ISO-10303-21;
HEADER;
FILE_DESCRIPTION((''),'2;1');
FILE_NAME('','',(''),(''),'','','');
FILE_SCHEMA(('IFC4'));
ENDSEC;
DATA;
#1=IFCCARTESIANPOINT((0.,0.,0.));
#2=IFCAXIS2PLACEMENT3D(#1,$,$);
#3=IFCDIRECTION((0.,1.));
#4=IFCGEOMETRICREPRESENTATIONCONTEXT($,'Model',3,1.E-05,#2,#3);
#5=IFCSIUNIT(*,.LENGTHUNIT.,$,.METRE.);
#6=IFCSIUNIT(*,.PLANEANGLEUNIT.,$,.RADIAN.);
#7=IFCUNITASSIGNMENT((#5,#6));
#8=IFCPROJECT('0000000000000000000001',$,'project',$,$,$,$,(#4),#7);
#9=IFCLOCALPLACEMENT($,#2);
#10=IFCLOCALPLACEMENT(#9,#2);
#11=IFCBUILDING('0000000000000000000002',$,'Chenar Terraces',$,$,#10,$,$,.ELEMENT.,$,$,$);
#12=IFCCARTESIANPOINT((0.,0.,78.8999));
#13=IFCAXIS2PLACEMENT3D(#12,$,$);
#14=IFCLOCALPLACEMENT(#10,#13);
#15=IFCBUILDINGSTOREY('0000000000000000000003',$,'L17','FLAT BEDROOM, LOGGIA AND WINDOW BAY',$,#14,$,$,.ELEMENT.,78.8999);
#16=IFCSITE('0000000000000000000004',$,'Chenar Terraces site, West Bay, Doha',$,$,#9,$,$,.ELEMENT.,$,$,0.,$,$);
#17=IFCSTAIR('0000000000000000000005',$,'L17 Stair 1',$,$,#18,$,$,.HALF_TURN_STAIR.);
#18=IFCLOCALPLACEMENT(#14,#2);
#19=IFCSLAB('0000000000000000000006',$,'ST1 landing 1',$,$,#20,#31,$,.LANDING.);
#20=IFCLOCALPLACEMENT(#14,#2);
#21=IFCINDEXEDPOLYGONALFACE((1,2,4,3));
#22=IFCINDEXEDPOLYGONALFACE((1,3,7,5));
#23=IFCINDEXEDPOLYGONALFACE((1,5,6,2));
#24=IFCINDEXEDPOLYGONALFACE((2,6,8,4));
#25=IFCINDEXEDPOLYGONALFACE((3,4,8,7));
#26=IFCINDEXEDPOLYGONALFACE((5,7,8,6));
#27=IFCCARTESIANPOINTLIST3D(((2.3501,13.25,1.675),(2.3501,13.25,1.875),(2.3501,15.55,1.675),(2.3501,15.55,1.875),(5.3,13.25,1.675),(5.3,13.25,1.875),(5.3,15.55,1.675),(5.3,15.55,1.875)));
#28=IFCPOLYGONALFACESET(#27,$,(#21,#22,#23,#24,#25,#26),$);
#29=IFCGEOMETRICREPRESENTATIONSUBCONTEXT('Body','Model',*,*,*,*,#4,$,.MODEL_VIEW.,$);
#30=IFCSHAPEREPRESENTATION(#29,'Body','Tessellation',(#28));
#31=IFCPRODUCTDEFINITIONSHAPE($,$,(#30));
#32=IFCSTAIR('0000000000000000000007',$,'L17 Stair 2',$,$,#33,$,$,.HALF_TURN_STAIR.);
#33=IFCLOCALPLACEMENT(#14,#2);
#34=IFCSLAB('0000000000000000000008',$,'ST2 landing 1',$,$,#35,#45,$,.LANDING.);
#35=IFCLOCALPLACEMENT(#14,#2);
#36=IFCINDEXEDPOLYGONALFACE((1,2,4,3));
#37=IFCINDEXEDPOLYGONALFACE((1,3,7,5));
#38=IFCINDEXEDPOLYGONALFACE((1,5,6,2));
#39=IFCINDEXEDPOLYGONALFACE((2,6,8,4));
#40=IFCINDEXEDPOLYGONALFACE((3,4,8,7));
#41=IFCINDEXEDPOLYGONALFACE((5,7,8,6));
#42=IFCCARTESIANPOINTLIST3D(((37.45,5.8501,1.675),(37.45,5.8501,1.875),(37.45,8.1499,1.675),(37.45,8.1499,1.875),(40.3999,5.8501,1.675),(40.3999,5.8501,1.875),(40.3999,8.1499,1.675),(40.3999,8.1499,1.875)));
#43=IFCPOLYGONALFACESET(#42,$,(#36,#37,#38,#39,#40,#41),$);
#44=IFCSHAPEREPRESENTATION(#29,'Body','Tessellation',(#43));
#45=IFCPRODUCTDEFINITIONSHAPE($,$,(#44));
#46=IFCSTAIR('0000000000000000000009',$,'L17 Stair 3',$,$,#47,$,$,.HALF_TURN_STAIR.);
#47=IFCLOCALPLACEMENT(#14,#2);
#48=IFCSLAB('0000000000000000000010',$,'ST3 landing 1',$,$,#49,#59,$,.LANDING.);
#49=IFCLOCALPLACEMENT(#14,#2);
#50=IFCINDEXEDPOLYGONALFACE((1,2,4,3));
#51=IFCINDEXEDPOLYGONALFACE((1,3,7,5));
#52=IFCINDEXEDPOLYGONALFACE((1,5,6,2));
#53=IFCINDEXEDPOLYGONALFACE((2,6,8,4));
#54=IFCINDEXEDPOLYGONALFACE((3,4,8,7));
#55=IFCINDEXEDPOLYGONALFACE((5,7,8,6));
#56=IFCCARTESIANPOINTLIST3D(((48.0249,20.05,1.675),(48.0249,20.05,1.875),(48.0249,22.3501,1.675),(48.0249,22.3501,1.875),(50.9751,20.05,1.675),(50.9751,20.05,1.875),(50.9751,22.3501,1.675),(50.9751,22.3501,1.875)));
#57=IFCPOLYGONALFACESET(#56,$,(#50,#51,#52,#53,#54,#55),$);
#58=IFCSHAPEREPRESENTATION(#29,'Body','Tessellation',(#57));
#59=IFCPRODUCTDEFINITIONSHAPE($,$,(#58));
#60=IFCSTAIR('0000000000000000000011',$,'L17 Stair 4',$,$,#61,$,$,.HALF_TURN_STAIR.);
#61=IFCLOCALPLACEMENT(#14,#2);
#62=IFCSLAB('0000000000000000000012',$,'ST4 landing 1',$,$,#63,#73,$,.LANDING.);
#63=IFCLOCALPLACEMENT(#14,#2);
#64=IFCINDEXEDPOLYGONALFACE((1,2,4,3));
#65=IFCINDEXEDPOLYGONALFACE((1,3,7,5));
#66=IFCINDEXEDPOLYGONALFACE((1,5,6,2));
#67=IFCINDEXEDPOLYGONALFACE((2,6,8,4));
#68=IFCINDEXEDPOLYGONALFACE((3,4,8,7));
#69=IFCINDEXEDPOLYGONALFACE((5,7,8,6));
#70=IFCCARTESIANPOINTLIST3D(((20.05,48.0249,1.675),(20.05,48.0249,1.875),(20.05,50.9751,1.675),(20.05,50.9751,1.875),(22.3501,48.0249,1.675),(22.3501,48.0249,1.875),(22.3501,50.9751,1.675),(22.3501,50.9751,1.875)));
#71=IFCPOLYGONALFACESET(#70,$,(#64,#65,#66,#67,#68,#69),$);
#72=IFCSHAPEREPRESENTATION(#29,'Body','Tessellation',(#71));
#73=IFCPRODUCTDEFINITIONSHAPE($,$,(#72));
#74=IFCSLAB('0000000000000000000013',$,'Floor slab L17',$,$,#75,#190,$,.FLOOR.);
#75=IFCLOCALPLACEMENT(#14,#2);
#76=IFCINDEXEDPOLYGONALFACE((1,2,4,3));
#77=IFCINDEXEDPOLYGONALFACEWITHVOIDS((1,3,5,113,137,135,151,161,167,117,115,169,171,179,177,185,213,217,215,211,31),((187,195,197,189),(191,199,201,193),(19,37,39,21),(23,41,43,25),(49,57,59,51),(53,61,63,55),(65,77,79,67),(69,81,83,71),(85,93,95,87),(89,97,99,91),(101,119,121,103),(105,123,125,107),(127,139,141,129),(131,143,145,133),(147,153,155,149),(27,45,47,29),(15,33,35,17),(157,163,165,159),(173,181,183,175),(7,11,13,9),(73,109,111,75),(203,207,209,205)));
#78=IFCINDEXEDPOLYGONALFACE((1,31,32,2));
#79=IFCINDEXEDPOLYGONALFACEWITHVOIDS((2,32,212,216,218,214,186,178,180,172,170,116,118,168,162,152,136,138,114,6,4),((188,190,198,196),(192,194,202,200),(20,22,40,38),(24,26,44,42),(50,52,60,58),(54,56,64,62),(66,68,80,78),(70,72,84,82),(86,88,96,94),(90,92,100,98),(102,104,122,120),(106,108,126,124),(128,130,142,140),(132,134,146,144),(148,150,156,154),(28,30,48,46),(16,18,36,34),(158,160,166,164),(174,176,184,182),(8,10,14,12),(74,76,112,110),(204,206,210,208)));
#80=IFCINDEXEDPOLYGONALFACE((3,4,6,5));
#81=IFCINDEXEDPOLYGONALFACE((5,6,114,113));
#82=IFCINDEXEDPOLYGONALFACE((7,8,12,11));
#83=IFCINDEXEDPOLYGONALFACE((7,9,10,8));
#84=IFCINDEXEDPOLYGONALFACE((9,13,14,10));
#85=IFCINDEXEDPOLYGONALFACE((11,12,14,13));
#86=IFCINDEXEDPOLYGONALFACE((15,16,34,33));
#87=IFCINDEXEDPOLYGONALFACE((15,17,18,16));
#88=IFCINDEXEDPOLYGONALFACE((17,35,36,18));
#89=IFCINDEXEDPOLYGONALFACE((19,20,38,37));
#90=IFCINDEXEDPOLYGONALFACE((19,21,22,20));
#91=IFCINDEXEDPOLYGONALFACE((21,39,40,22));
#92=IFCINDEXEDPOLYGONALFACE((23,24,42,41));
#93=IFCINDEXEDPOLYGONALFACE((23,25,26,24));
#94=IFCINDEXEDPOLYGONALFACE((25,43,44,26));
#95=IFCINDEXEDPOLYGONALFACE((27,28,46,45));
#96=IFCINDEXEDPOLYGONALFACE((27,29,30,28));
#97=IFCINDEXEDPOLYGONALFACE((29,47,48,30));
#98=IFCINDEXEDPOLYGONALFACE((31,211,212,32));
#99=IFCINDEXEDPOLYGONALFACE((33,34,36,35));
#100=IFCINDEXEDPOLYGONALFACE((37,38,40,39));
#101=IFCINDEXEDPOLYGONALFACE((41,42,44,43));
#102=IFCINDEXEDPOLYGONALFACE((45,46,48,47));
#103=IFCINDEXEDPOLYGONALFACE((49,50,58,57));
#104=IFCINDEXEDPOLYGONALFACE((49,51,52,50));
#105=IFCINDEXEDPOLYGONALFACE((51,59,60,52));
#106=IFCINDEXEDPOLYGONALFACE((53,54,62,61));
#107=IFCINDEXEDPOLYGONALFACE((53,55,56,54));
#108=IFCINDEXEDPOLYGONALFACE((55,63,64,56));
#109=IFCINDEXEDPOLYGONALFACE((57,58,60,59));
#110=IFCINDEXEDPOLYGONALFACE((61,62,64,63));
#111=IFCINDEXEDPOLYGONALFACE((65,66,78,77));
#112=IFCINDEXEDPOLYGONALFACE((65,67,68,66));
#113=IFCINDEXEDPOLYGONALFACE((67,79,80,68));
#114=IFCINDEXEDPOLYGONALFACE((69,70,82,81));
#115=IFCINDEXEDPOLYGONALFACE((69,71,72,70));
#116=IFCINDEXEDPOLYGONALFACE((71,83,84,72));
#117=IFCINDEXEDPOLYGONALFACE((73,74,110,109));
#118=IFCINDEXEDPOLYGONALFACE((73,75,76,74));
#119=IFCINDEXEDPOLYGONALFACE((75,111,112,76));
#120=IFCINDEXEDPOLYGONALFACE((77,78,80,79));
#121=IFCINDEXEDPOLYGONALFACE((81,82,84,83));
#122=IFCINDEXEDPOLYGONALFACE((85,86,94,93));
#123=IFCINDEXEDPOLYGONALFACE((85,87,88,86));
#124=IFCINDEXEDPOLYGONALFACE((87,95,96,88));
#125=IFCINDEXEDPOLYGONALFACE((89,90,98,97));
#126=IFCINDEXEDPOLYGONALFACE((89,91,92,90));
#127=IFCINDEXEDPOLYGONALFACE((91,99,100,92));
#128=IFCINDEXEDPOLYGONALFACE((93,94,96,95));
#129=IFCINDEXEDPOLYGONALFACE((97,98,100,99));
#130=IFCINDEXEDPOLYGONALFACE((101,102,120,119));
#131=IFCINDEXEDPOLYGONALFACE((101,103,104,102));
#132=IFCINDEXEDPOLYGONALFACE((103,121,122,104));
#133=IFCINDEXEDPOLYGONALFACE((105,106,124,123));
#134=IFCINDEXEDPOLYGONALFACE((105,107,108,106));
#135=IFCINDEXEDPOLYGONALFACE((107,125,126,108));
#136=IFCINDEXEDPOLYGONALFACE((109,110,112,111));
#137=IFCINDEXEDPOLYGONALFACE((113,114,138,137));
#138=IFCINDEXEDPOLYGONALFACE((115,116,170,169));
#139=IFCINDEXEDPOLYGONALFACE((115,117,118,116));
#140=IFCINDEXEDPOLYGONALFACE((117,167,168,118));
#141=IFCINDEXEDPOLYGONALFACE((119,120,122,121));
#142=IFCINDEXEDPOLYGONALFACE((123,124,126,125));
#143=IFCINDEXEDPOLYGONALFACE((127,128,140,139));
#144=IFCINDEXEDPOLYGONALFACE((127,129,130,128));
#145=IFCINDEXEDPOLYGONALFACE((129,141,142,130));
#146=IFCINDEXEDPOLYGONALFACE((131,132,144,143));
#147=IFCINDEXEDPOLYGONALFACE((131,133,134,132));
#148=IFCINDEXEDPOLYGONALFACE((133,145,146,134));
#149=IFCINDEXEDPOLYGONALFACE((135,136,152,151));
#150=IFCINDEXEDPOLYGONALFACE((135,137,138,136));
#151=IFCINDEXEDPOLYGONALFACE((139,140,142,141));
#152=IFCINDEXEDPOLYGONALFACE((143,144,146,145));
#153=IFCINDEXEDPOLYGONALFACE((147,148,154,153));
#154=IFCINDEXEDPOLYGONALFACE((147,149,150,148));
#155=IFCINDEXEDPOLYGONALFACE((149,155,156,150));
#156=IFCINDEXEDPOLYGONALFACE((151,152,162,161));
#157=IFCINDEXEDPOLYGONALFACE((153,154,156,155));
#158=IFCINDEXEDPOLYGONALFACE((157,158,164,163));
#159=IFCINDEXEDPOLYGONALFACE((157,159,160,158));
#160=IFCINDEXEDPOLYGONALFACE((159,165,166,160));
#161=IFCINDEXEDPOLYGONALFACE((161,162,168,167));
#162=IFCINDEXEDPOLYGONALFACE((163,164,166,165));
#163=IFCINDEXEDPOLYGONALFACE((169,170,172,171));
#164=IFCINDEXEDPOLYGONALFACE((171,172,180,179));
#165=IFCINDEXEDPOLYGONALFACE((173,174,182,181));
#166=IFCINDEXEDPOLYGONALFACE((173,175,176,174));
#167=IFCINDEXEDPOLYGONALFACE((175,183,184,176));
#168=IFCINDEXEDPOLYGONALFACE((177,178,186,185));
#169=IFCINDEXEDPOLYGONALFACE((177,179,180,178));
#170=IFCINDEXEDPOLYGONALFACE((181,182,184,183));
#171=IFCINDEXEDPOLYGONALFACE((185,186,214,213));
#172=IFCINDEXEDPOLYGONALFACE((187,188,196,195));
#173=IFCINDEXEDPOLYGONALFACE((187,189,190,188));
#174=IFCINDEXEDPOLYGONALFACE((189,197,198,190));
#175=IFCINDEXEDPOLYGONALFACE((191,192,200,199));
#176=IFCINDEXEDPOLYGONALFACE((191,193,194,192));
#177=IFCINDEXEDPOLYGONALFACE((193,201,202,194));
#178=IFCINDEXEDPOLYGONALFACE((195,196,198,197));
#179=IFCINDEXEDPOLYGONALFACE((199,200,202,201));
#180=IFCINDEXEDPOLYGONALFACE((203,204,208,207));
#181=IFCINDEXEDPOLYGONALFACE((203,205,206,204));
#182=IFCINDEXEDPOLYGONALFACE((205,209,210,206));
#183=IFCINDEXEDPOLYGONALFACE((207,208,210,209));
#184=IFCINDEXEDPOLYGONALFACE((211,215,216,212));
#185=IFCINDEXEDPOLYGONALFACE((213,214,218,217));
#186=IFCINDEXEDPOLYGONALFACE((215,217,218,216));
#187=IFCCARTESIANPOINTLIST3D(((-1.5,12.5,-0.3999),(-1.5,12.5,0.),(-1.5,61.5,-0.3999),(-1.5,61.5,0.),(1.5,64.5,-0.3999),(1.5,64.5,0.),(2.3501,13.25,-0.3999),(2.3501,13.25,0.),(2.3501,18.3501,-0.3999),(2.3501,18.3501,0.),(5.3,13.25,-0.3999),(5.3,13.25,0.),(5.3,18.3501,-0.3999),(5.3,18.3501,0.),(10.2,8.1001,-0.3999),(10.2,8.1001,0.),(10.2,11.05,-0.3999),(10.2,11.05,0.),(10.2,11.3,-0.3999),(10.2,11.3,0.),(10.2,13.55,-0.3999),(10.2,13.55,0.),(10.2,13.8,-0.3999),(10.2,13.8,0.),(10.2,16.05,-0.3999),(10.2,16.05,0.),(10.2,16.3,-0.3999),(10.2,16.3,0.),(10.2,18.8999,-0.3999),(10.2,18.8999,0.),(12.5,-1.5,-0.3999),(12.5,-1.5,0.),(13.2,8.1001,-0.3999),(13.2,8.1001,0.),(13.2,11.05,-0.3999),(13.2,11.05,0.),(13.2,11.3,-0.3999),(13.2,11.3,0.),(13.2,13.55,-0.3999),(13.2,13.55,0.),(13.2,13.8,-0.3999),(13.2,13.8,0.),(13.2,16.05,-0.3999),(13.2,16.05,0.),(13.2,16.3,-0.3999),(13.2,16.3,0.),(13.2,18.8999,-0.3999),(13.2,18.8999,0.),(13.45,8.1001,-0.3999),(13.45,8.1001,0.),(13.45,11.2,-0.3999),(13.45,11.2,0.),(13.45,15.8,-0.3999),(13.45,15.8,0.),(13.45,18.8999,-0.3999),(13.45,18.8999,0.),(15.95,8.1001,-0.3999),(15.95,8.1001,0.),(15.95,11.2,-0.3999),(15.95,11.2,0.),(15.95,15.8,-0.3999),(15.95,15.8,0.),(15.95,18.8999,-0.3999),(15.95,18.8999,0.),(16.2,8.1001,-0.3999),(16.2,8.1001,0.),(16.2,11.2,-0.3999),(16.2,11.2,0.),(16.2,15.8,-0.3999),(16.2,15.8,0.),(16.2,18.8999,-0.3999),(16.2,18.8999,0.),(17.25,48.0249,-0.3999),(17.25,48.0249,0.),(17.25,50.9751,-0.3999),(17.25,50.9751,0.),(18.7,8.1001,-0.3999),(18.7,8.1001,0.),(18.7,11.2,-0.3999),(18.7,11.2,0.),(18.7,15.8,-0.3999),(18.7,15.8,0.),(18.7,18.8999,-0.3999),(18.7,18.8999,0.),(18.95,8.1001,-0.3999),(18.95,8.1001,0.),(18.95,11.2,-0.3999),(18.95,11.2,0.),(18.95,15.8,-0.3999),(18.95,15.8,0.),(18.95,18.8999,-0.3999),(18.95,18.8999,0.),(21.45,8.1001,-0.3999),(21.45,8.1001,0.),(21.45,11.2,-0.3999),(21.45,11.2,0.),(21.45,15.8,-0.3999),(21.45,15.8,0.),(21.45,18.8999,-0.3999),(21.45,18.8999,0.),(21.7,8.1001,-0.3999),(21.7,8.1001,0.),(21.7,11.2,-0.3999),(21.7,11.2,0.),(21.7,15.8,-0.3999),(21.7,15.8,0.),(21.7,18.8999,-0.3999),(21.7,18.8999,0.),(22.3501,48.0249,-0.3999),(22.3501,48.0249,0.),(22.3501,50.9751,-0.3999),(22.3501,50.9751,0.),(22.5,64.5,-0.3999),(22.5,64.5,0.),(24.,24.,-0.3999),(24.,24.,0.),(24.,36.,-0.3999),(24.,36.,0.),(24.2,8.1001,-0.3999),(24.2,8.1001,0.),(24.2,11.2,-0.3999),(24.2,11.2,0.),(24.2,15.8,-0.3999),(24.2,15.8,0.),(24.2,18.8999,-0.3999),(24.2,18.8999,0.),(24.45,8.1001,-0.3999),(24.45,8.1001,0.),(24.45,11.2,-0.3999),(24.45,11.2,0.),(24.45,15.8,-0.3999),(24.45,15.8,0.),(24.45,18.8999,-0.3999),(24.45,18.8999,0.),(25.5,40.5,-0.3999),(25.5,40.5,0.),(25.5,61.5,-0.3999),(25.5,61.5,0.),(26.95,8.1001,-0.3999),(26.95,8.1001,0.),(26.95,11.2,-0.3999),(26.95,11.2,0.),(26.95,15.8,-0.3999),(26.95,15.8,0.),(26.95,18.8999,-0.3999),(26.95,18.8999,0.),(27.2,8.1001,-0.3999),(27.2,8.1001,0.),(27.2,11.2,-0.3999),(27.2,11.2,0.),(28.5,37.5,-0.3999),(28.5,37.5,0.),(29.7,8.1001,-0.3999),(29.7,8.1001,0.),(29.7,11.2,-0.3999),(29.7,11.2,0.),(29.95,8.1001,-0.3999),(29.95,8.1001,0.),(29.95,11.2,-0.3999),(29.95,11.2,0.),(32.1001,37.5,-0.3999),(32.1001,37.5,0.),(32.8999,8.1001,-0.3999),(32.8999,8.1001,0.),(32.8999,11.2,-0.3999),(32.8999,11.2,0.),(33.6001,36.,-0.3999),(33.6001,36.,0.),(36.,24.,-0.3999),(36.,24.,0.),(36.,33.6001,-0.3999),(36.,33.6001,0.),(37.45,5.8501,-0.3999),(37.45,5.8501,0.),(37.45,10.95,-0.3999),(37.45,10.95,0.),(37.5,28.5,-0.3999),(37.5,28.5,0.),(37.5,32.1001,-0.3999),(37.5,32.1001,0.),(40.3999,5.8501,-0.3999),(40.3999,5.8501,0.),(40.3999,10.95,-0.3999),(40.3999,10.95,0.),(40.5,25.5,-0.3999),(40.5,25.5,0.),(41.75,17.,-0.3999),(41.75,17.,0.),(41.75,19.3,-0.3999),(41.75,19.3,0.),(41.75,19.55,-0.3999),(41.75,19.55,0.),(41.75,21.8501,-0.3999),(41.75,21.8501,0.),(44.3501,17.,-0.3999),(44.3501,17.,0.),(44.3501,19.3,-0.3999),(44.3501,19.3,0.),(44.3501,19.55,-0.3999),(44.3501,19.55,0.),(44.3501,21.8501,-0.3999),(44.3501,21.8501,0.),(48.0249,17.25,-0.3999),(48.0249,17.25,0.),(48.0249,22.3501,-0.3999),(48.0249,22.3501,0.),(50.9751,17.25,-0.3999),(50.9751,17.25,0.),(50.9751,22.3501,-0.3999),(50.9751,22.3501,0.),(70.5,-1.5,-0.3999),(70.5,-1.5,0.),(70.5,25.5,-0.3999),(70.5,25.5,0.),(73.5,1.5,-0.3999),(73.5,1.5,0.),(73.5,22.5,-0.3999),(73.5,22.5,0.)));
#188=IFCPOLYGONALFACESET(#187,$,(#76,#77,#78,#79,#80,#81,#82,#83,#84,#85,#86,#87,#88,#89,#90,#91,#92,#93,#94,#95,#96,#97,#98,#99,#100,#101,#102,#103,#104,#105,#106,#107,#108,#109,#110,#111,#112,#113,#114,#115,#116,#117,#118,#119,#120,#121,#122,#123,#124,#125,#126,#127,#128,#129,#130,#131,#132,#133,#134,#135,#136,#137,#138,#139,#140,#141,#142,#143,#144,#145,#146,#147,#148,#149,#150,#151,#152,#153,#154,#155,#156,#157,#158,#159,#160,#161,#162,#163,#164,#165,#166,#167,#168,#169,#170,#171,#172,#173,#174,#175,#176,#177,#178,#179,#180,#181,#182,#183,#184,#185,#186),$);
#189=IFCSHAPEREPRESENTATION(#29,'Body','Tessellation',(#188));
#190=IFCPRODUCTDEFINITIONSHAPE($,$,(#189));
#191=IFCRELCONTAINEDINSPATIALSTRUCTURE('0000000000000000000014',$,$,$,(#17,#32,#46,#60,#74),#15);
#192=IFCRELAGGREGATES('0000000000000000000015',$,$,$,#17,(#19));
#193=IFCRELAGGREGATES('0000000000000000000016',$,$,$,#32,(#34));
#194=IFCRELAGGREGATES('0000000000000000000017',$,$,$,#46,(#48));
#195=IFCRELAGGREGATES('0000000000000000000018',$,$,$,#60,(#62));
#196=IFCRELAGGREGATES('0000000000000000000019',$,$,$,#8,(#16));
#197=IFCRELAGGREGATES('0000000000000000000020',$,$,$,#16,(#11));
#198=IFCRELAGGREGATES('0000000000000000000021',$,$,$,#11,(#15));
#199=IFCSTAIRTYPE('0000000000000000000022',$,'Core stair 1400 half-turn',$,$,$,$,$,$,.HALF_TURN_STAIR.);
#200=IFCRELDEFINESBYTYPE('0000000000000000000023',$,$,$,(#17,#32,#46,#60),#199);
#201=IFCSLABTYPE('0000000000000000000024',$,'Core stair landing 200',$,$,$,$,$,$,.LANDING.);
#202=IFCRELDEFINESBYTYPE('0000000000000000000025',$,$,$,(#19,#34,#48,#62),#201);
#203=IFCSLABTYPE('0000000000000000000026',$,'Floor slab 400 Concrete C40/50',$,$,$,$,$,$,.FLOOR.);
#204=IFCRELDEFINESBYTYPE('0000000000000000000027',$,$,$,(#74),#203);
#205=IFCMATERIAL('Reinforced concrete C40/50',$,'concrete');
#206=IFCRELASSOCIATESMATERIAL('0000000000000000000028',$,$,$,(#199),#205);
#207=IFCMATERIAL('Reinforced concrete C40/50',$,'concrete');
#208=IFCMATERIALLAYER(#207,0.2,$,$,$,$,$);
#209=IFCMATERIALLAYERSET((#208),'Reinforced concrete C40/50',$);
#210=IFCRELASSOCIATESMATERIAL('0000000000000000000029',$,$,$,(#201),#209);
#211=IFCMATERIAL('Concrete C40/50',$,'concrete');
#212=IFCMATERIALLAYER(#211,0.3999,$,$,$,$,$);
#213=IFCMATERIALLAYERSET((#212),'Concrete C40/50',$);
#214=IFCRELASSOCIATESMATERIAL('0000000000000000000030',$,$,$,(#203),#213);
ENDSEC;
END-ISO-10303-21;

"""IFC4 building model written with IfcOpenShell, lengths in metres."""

from ifc_helpers import new_model, si_unit, direction, frame, origin, place, context, subcontext, project, spatial, polyline, outline, extrude, material, layer, layer_set, type_object, element, aggregate, save


model = new_model("IFC4")

# Units and contexts
model_context = context("Model", 3, precision=1e-05, world=origin(), true_north=direction((0.0, 1.0)))
body_context = subcontext(model_context, "Body", "Model", "MODEL_VIEW")
ifc_project = project(units=[si_unit("LENGTHUNIT", "METRE"), si_unit("PLANEANGLEUNIT", "RADIAN")], contexts=[model_context])

# Site, building, storey
site_placement = place(None, origin())
site = spatial("IfcSite", under=ifc_project, at=site_placement, Name="Chenar Terraces site, West Bay, Doha", CompositionType="ELEMENT", RefElevation=0.0)
building_placement = place(site_placement, origin())
building = spatial("IfcBuilding", under=site, at=building_placement, Name="Chenar Terraces", CompositionType="ELEMENT")
storey_placement = place(building_placement, frame((0.0, 0.0, 78.8999)))
storey = spatial("IfcBuildingStorey", under=building, at=storey_placement, Name="L17", Description="FLAT BEDROOM, LOGGIA AND WINDOW BAY", CompositionType="ELEMENT", Elevation=78.8999)

# Stairs, slabs
ifc_material_1 = material(Name="Reinforced concrete C40/50", Category="concrete")
stair_type = type_object("IfcStairType", Name="Core stair 1400 half-turn", PredefinedType="HALF_TURN_STAIR", material=ifc_material_1)
placement_1 = place(storey_placement, origin())
stair_1 = element("IfcStair", 1, at=placement_1, inside=storey, type_object=stair_type, Name="L17 Stair 1", PredefinedType="HALF_TURN_STAIR")
ifc_material_2 = material(Name="Reinforced concrete C40/50", Category="concrete")
ifc_layer_1 = layer(ifc_material_2, 0.2)
ifc_layer_set_1 = layer_set([ifc_layer_1], Name="Reinforced concrete C40/50")
slab_type_1 = type_object("IfcSlabType", Name="Core stair landing 200", PredefinedType="LANDING", material=ifc_layer_set_1)
placement_2 = place(storey_placement, frame((0.0, 0.0, 1.675)))
slab_1 = element("IfcSlab", 2, at=placement_2, type_object=slab_type_1, Name="ST1 landing 1", PredefinedType="LANDING", context=body_context, shape_type="SweptSolid", body=[
    extrude(outline(polyline([(2.3501, 15.55), (2.3501, 13.25), (5.3, 13.25), (5.3, 15.55), (2.3501, 15.55)])), origin(), (0.0, 0.0, 1.0), 0.2),
])
aggregate(stair_1, [slab_1])
stair_2 = element("IfcStair", 3, at=placement_1, inside=storey, type_object=stair_type, Name="L17 Stair 2", PredefinedType="HALF_TURN_STAIR")
slab_2 = element("IfcSlab", 4, at=placement_2, type_object=slab_type_1, Name="ST2 landing 1", PredefinedType="LANDING", context=body_context, shape_type="SweptSolid", body=[
    extrude(outline(polyline([(37.45, 8.1499), (37.45, 5.8501), (40.3999, 5.8501), (40.3999, 8.1499), (37.45, 8.1499)])), origin(), (0.0, 0.0, 1.0), 0.2),
])
aggregate(stair_2, [slab_2])
stair_3 = element("IfcStair", 5, at=placement_1, inside=storey, type_object=stair_type, Name="L17 Stair 3", PredefinedType="HALF_TURN_STAIR")
slab_3 = element("IfcSlab", 6, at=placement_2, type_object=slab_type_1, Name="ST3 landing 1", PredefinedType="LANDING", context=body_context, shape_type="SweptSolid", body=[
    extrude(outline(polyline([(50.9751, 20.05), (50.9751, 22.3501), (48.0249, 22.3501), (48.0249, 20.05), (50.9751, 20.05)])), origin(), (0.0, 0.0, 1.0), 0.2),
])
aggregate(stair_3, [slab_3])
stair_4 = element("IfcStair", 7, at=placement_1, inside=storey, type_object=stair_type, Name="L17 Stair 4", PredefinedType="HALF_TURN_STAIR")
slab_4 = element("IfcSlab", 8, at=placement_2, type_object=slab_type_1, Name="ST4 landing 1", PredefinedType="LANDING", context=body_context, shape_type="SweptSolid", body=[
    extrude(outline(polyline([(20.05, 48.0249), (22.3501, 48.0249), (22.3501, 50.9751), (20.05, 50.9751), (20.05, 48.0249)])), origin(), (0.0, 0.0, 1.0), 0.2),
])
aggregate(stair_4, [slab_4])

# Slab
ifc_material_3 = material(Name="Concrete C40/50", Category="concrete")
ifc_layer_2 = layer(ifc_material_3, 0.3999)
ifc_layer_set_2 = layer_set([ifc_layer_2], Name="Concrete C40/50")
slab_type_2 = type_object("IfcSlabType", Name="Floor slab 400 Concrete C40/50", PredefinedType="FLOOR", material=ifc_layer_set_2)
slab_5_placement = place(storey_placement, frame((0.0, 0.0, -0.3999)))
element("IfcSlab", 9, at=slab_5_placement, inside=storey, type_object=slab_type_2, Name="Floor slab L17", PredefinedType="FLOOR", context=body_context, shape_type="SweptSolid", body=[
    extrude(outline(polyline([(73.5, 22.5), (73.5, 1.5), (70.5, -1.5), (12.5, -1.5), (-1.5, 12.5), (-1.5, 61.5), (1.5, 64.5), (22.5, 64.5), (25.5, 61.5), (25.5, 40.5), (28.5, 37.5), (32.1001, 37.5), (33.6001, 36.0), (24.0, 36.0), (24.0, 24.0), (36.0, 24.0), (36.0, 33.6001), (37.5, 32.1001), (37.5, 28.5), (40.5, 25.5), (70.5, 25.5), (73.5, 22.5)]), holes=[polyline([(13.2, 11.05), (10.2, 11.05), (10.2, 8.1001), (13.2, 8.1001), (13.2, 11.05)]), polyline([(15.95, 11.2), (13.45, 11.2), (13.45, 8.1001), (15.95, 8.1001), (15.95, 11.2)]), polyline([(18.7, 11.2), (16.2, 11.2), (16.2, 8.1001), (18.7, 8.1001), (18.7, 11.2)]), polyline([(21.45, 8.1001), (21.45, 11.2), (18.95, 11.2), (18.95, 8.1001), (21.45, 8.1001)]), polyline([(13.2, 11.3), (13.2, 13.55), (10.2, 13.55), (10.2, 11.3), (13.2, 11.3)]), polyline([(13.2, 16.05), (10.2, 16.05), (10.2, 13.8), (13.2, 13.8), (13.2, 16.05)]), polyline([(2.3501, 18.3501), (2.3501, 13.25), (5.3, 13.25), (5.3, 18.3501), (2.3501, 18.3501)]), polyline([(15.95, 15.8), (15.95, 18.8999), (13.45, 18.8999), (13.45, 15.8), (15.95, 15.8)]), polyline([(18.7, 18.8999), (16.2, 18.8999), (16.2, 15.8), (18.7, 15.8), (18.7, 18.8999)]), polyline([(21.45, 15.8), (21.45, 18.8999), (18.95, 18.8999), (18.95, 15.8), (21.45, 15.8)]), polyline([(13.2, 16.3), (13.2, 18.8999), (10.2, 18.8999), (10.2, 16.3), (13.2, 16.3)]), polyline([(22.3501, 48.0249), (22.3501, 50.9751), (17.25, 50.9751), (17.25, 48.0249), (22.3501, 48.0249)]), polyline([(37.45, 10.95), (37.45, 5.8501), (40.3999, 5.8501), (40.3999, 10.95), (37.45, 10.95)]), polyline([(24.2, 8.1001), (24.2, 11.2), (21.7, 11.2), (21.7, 8.1001), (24.2, 8.1001)]), polyline([(26.95, 11.2), (24.45, 11.2), (24.45, 8.1001), (26.95, 8.1001), (26.95, 11.2)]), polyline([(29.7, 8.1001), (29.7, 11.2), (27.2, 11.2), (27.2, 8.1001), (29.7, 8.1001)]), polyline([(32.8999, 8.1001), (32.8999, 11.2), (29.95, 11.2), (29.95, 8.1001), (32.8999, 8.1001)]), polyline([(24.2, 18.8999), (21.7, 18.8999), (21.7, 15.8), (24.2, 15.8), (24.2, 18.8999)]), polyline([(26.95, 15.8), (26.95, 18.8999), (24.45, 18.8999), (24.45, 15.8), (26.95, 15.8)]), polyline([(44.3501, 17.0), (44.3501, 19.3), (41.75, 19.3), (41.75, 17.0), (44.3501, 17.0)]), polyline([(50.9751, 22.3501), (48.0249, 22.3501), (48.0249, 17.25), (50.9751, 17.25), (50.9751, 22.3501)]), polyline([(44.3501, 19.55), (44.3501, 21.8501), (41.75, 21.8501), (41.75, 19.55), (44.3501, 19.55)])]), origin(), (0.0, 0.0, 1.0), 0.3999),
])

save(model, "model.ifc")
